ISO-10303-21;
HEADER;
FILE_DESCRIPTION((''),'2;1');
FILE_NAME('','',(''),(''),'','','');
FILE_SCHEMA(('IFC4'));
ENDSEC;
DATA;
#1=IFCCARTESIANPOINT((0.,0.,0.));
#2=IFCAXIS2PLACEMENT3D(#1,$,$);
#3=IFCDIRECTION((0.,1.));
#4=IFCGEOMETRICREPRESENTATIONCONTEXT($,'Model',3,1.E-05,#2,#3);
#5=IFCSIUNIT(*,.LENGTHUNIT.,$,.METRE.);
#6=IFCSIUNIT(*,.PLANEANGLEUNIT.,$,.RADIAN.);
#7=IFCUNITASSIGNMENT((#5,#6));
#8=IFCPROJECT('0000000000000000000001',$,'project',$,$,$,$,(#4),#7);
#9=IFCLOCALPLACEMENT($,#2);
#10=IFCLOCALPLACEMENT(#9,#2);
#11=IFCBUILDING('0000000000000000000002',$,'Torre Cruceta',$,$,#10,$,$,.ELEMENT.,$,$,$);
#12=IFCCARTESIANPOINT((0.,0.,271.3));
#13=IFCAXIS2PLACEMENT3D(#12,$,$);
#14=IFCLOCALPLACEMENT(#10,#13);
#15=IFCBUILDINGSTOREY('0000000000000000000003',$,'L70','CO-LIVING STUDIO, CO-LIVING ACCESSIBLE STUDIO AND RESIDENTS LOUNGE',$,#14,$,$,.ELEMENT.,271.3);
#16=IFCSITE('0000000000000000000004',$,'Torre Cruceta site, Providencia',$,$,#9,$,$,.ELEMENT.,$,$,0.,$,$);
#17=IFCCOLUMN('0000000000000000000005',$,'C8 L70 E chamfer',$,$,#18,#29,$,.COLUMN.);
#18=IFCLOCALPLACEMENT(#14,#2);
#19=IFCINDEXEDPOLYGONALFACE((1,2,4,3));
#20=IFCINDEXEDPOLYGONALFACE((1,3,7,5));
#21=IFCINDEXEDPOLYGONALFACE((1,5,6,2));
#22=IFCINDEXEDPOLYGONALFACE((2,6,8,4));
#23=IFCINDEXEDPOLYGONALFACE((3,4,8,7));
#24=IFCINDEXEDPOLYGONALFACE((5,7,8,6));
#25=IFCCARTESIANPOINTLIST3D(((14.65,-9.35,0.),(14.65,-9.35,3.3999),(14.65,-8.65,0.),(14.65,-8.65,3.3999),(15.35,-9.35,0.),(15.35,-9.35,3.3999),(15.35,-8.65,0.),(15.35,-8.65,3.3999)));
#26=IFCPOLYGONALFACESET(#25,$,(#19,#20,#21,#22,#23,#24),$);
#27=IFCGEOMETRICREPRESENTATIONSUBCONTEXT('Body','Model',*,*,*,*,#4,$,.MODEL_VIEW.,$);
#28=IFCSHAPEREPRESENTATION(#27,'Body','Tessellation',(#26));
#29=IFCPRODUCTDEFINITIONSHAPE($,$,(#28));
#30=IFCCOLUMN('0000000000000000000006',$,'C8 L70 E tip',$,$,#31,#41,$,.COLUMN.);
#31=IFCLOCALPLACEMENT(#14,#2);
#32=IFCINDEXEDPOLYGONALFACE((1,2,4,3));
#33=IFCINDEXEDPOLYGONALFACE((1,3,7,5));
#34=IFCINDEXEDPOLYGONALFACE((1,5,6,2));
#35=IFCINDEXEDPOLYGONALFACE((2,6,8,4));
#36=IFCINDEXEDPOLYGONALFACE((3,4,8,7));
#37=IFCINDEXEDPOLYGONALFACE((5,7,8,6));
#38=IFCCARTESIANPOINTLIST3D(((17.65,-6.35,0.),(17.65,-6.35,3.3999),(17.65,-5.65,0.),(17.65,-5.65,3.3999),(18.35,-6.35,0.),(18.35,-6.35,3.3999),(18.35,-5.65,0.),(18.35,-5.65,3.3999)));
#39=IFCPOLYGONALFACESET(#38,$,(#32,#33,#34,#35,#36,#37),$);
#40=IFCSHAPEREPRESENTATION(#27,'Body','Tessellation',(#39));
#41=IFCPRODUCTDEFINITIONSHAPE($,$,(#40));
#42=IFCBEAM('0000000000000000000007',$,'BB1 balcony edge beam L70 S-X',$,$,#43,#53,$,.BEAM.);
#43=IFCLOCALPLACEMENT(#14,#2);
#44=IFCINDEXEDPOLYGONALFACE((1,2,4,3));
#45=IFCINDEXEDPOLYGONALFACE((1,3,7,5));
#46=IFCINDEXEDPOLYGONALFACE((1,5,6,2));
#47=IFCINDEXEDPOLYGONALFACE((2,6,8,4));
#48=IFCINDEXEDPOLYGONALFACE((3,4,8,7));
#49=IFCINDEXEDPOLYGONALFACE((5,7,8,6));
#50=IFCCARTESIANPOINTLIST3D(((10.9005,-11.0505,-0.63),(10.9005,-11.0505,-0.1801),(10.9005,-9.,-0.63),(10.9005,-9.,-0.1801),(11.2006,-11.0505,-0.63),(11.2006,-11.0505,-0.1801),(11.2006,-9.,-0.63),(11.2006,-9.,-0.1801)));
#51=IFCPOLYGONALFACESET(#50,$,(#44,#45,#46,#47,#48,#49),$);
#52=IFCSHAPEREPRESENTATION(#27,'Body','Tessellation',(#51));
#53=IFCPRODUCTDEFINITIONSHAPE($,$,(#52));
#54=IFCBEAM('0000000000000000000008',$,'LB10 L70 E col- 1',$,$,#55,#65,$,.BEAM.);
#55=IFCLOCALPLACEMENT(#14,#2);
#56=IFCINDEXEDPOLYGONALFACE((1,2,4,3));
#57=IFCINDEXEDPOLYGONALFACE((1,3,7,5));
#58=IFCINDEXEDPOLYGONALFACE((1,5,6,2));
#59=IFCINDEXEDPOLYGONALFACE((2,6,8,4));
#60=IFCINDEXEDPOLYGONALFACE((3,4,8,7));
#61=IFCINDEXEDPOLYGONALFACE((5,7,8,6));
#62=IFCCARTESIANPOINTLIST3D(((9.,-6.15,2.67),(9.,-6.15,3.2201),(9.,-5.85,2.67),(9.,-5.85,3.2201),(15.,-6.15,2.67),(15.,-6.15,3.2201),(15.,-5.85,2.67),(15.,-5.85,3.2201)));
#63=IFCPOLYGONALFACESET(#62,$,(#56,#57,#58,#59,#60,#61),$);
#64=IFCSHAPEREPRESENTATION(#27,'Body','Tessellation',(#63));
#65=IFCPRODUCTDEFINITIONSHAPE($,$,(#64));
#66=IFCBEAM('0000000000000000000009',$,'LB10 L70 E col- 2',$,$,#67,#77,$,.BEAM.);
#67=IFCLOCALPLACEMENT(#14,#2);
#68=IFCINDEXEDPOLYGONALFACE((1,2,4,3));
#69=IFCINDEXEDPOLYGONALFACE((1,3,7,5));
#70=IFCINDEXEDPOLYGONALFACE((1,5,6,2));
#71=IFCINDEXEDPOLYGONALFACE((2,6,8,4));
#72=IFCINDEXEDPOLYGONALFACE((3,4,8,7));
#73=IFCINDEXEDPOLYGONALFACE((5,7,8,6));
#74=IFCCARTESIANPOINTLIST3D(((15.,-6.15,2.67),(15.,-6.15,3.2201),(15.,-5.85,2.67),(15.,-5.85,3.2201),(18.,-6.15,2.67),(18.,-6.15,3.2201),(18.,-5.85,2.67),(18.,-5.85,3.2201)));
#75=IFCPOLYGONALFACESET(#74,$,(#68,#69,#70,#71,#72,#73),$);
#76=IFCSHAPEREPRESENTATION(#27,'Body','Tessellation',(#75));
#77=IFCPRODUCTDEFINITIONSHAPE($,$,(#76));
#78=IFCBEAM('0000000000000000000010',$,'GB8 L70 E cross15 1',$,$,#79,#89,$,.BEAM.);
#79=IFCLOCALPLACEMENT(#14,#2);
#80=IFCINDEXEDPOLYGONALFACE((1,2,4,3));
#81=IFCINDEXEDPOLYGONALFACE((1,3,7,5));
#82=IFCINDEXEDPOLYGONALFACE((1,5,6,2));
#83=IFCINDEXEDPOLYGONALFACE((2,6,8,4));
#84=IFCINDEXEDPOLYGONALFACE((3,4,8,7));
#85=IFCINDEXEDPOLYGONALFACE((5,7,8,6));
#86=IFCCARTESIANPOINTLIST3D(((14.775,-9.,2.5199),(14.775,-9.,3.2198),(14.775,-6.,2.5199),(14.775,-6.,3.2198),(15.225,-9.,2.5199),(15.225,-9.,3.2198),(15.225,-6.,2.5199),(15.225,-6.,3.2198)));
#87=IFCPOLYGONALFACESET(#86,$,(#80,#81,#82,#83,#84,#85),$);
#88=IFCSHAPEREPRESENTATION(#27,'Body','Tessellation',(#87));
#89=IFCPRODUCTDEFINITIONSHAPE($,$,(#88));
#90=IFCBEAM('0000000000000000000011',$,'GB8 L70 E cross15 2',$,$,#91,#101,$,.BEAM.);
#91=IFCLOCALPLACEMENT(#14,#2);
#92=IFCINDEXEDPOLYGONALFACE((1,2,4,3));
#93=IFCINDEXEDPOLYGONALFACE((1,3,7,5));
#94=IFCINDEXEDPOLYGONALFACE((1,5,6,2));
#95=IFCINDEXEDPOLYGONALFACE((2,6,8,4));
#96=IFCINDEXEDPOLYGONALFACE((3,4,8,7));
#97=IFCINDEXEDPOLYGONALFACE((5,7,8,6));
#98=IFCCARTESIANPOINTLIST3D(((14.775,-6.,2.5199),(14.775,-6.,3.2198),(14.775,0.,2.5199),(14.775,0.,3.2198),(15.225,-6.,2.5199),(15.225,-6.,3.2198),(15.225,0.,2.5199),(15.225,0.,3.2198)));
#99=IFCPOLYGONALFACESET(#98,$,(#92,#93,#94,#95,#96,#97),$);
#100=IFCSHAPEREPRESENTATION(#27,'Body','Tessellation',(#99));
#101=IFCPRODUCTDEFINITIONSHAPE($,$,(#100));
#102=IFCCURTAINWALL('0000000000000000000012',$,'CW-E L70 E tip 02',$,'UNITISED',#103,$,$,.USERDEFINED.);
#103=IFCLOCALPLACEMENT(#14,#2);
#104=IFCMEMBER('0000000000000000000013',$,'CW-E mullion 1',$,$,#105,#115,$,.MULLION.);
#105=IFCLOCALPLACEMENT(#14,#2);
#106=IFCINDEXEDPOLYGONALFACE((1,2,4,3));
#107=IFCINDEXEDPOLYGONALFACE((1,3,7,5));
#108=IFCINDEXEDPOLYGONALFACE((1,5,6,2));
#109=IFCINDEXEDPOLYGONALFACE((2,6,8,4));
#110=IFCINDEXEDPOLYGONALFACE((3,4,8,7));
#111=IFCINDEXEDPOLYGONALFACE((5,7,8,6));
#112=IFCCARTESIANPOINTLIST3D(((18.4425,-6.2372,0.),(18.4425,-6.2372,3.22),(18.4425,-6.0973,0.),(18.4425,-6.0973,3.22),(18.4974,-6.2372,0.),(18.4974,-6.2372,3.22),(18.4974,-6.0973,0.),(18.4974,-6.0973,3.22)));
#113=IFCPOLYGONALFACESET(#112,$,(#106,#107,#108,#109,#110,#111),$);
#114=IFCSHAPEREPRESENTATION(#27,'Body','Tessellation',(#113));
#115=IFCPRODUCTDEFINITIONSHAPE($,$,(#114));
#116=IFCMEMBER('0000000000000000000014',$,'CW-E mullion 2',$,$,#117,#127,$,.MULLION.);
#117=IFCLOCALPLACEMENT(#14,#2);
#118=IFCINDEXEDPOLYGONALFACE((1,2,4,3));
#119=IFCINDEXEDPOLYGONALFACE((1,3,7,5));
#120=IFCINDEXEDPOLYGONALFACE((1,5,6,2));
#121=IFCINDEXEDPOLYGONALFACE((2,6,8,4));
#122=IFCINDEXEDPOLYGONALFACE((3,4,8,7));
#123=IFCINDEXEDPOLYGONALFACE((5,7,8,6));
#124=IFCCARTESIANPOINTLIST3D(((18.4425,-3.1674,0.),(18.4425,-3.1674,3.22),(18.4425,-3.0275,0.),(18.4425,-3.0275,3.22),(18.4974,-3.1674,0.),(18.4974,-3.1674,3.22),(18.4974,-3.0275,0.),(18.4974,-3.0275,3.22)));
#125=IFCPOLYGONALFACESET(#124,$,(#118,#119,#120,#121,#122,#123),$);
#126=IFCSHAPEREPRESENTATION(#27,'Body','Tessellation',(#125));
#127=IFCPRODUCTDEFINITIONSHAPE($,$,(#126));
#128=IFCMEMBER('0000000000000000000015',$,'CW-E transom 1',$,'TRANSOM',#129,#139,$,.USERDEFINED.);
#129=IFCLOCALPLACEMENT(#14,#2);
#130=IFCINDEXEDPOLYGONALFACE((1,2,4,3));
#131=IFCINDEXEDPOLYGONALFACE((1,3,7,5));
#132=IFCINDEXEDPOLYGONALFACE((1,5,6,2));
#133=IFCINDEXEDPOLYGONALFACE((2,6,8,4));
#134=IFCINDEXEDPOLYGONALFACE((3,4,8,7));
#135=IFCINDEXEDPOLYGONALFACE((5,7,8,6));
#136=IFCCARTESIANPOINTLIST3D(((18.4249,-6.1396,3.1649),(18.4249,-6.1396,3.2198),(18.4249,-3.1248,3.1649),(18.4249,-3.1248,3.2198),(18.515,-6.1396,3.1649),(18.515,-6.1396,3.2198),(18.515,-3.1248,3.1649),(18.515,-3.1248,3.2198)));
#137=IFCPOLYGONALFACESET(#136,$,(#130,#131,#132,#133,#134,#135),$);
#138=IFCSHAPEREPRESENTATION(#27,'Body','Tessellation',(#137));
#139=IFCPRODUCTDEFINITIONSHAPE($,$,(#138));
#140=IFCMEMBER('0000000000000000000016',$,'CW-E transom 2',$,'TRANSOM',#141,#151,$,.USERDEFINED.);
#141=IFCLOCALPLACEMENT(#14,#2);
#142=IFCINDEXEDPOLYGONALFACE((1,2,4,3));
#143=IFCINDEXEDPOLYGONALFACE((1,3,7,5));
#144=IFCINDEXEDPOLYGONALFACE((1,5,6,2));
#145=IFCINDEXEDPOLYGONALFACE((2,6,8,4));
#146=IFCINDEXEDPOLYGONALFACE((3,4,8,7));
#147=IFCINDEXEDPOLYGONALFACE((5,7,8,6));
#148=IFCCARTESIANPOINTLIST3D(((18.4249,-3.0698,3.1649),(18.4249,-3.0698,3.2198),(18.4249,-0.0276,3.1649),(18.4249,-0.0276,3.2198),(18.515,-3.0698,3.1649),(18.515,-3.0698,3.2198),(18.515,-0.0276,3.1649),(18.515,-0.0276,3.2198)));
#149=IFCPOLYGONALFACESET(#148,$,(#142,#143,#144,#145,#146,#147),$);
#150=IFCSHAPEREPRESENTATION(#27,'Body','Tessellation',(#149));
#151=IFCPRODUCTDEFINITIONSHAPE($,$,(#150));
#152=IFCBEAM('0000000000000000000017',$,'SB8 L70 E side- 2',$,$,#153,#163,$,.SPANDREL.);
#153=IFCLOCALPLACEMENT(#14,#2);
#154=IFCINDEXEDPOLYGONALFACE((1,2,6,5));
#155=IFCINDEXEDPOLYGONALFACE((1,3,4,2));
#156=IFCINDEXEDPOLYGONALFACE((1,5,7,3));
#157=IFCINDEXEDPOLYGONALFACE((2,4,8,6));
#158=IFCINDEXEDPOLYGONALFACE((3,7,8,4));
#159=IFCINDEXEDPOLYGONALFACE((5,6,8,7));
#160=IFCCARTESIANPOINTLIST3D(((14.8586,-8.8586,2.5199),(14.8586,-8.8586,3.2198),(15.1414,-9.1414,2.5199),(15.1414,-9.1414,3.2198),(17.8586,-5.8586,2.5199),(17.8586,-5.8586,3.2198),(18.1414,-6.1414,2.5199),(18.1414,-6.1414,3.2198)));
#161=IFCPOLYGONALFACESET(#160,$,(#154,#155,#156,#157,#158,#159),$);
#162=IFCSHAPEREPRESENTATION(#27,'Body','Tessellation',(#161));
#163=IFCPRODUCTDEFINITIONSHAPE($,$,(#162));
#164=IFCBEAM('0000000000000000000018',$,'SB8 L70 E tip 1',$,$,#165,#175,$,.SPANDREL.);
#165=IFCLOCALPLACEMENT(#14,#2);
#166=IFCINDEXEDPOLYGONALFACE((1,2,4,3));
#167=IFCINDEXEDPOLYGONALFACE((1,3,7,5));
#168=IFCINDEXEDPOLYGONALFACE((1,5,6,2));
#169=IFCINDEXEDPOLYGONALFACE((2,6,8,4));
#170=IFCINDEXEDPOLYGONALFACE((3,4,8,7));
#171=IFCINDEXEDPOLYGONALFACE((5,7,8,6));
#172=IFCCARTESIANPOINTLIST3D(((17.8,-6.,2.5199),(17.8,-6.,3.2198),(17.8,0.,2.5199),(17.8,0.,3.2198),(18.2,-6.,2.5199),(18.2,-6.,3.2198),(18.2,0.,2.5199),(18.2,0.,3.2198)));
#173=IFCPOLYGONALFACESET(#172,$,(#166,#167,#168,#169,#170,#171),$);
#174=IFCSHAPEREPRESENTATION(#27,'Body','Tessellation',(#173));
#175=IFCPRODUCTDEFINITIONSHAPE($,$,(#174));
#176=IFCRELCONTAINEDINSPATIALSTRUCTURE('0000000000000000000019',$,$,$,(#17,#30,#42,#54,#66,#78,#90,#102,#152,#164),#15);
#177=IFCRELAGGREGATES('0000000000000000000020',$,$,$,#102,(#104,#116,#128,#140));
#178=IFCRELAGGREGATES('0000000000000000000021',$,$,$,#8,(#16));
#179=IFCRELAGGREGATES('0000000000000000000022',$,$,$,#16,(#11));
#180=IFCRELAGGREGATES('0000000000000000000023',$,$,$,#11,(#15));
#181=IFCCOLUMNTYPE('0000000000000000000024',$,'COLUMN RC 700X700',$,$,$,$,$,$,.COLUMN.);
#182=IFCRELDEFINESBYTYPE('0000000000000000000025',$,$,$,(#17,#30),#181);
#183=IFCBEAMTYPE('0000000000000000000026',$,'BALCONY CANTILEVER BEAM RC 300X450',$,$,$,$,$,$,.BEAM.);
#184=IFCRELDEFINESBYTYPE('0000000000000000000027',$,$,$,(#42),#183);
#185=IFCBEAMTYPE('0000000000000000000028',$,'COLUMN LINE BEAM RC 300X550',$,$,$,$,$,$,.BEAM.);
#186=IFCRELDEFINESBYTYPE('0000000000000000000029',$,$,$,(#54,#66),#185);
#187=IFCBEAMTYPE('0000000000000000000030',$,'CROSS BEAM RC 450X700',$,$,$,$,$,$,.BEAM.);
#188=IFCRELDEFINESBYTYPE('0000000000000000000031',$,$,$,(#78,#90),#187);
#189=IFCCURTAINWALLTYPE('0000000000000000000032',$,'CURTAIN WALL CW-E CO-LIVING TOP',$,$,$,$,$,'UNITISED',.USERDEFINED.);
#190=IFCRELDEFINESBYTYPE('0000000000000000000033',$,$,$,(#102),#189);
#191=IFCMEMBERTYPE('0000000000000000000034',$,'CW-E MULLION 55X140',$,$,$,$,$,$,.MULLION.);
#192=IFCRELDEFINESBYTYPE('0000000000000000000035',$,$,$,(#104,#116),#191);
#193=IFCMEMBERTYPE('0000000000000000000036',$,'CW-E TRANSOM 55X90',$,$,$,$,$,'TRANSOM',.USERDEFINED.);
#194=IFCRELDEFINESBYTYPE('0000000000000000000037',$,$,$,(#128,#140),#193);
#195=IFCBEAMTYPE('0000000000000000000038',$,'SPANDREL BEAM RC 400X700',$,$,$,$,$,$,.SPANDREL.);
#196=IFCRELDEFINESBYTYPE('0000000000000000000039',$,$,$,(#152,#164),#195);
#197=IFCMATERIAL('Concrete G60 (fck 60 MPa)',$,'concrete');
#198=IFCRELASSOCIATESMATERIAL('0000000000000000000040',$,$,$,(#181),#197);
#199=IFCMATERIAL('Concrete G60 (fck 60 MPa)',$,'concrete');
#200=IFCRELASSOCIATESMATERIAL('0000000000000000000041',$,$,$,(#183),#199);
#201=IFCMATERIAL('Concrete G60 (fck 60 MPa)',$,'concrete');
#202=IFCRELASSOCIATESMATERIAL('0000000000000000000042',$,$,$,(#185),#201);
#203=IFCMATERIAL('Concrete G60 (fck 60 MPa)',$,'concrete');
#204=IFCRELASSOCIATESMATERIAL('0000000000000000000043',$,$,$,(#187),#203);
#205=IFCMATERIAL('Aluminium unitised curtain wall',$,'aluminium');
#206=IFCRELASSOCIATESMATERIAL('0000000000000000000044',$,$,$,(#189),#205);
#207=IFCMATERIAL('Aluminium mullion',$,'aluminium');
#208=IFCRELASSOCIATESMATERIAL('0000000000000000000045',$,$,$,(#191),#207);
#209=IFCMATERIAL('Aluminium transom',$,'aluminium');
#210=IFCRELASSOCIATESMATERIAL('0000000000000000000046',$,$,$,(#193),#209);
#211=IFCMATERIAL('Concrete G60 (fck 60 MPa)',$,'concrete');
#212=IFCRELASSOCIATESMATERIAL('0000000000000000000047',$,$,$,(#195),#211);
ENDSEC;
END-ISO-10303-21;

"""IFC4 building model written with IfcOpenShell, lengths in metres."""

from ifc_helpers import new_model, si_unit, direction, frame, origin, origin_2d, place, context, subcontext, project, spatial, rectangle, extrude, material, material_profile, profile_set, type_object, element, aggregate, save


model = new_model("IFC4")

# Units and contexts
model_context = context("Model", 3, precision=1e-05, world=origin(), true_north=direction((0.0, 1.0)))
body_context = subcontext(model_context, "Body", "Model", "MODEL_VIEW")
ifc_project = project(units=[si_unit("LENGTHUNIT", "METRE"), si_unit("PLANEANGLEUNIT", "RADIAN")], contexts=[model_context])

# Site, building, storey
site_placement = place(None, origin())
site = spatial("IfcSite", under=ifc_project, at=site_placement, Name="Torre Cruceta site, Providencia", CompositionType="ELEMENT", RefElevation=0.0)
building_placement = place(site_placement, origin())
building = spatial("IfcBuilding", under=site, at=building_placement, Name="Torre Cruceta", CompositionType="ELEMENT")
storey_placement = place(building_placement, frame((0.0, 0.0, 271.3)))
storey = spatial("IfcBuildingStorey", under=building, at=storey_placement, Name="L70", Description="CO-LIVING STUDIO, CO-LIVING ACCESSIBLE STUDIO AND RESIDENTS LOUNGE", CompositionType="ELEMENT", Elevation=271.3)

# Columns
ifc_material_1 = material(Name="Concrete G60 (fck 60 MPa)", Category="concrete")
ifc_material_profile_1 = material_profile(ifc_material_1, rectangle(XDim=0.7, YDim=0.7, at=origin_2d()), Name="RC 700X700")
ifc_profile_set_1 = profile_set([ifc_material_profile_1], Name="Concrete G60 (fck 60 MPa)")
column_type = type_object("IfcColumnType", Name="COLUMN RC 700X700", PredefinedType="COLUMN", material=ifc_profile_set_1)
for number, where, z_axis, x_axis, name in (
    (1, (15.0, -9.0, 0.0), (0.0, 0.0, 1.0), (1.0, 0.0, 0.0), "C8 L70 E chamfer"),
    (2, (18.0, -6.0, 0.0), (0.0, 0.0, 1.0), (1.0, 0.0, 0.0), "C8 L70 E tip"),
):
    element("IfcColumn", number, at=place(storey_placement, frame(where, z_axis=z_axis, x_axis=x_axis)), inside=storey, type_object=column_type, Name=name, PredefinedType="COLUMN", context=body_context, shape_type="SweptSolid", body=[
        extrude(rectangle(XDim=0.7, YDim=0.7, at=origin_2d()), origin(), (0.0, 0.0, 1.0), 3.3999),
    ])

# Beams
ifc_material_2 = material(Name="Concrete G60 (fck 60 MPa)", Category="concrete")
ifc_material_profile_2 = material_profile(ifc_material_2, rectangle(XDim=0.3, YDim=0.45, at=origin_2d()), Name="RC 300X450")
ifc_profile_set_2 = profile_set([ifc_material_profile_2], Name="Concrete G60 (fck 60 MPa)")
beam_type_1 = type_object("IfcBeamType", Name="BALCONY CANTILEVER BEAM RC 300X450", PredefinedType="BEAM", material=ifc_profile_set_2)
beam_1_placement = place(storey_placement, frame((11.0505, -9.0, -0.405), z_axis=(0.0, -1.0, 0.0), x_axis=(1.0, 0.0, 0.0)))
element("IfcBeam", 3, at=beam_1_placement, inside=storey, type_object=beam_type_1, Name="BB1 balcony edge beam L70 S-X", PredefinedType="BEAM", context=body_context, shape_type="SweptSolid", body=[
    extrude(rectangle(XDim=0.3, YDim=0.45, at=origin_2d()), origin(), (0.0, 0.0, 1.0), 2.0505),
])
ifc_material_3 = material(Name="Concrete G60 (fck 60 MPa)", Category="concrete")
ifc_material_profile_3 = material_profile(ifc_material_3, rectangle(XDim=0.3, YDim=0.55, at=origin_2d()), Name="RC 300X550")
ifc_profile_set_3 = profile_set([ifc_material_profile_3], Name="Concrete G60 (fck 60 MPa)")
beam_type_2 = type_object("IfcBeamType", Name="COLUMN LINE BEAM RC 300X550", PredefinedType="BEAM", material=ifc_profile_set_3)
beam_2_placement = place(storey_placement, frame((9.0, -6.0, 2.9451), z_axis=(1.0, 0.0, 0.0), x_axis=(0.0, 1.0, 0.0)))
element("IfcBeam", 4, at=beam_2_placement, inside=storey, type_object=beam_type_2, Name="LB10 L70 E col- 1", PredefinedType="BEAM", context=body_context, shape_type="SweptSolid", body=[
    extrude(rectangle(XDim=0.3, YDim=0.55, at=origin_2d()), origin(), (0.0, 0.0, 1.0), 6.0),
])
beam_3_placement = place(storey_placement, frame((15.0, -6.0, 2.9451), z_axis=(1.0, 0.0, 0.0), x_axis=(0.0, 1.0, 0.0)))
element("IfcBeam", 5, at=beam_3_placement, inside=storey, type_object=beam_type_2, Name="LB10 L70 E col- 2", PredefinedType="BEAM", context=body_context, shape_type="SweptSolid", body=[
    extrude(rectangle(XDim=0.3, YDim=0.55, at=origin_2d()), origin(), (0.0, 0.0, 1.0), 3.0),
])
ifc_material_4 = material(Name="Concrete G60 (fck 60 MPa)", Category="concrete")
ifc_material_profile_4 = material_profile(ifc_material_4, rectangle(XDim=0.45, YDim=0.7, at=origin_2d()), Name="RC 450X700")
ifc_profile_set_4 = profile_set([ifc_material_profile_4], Name="Concrete G60 (fck 60 MPa)")
beam_type_3 = type_object("IfcBeamType", Name="CROSS BEAM RC 450X700", PredefinedType="BEAM", material=ifc_profile_set_4)
beam_4_placement = place(storey_placement, frame((15.0, -9.0, 2.8699), z_axis=(0.0, 1.0, 0.0), x_axis=(-1.0, 0.0, 0.0)))
element("IfcBeam", 6, at=beam_4_placement, inside=storey, type_object=beam_type_3, Name="GB8 L70 E cross15 1", PredefinedType="BEAM", context=body_context, shape_type="SweptSolid", body=[
    extrude(rectangle(XDim=0.45, YDim=0.7, at=origin_2d()), origin(), (0.0, 0.0, 1.0), 3.0),
])
beam_5_placement = place(storey_placement, frame((15.0, -6.0, 2.8699), z_axis=(0.0, 1.0, 0.0), x_axis=(-1.0, 0.0, 0.0)))
element("IfcBeam", 7, at=beam_5_placement, inside=storey, type_object=beam_type_3, Name="GB8 L70 E cross15 2", PredefinedType="BEAM", context=body_context, shape_type="SweptSolid", body=[
    extrude(rectangle(XDim=0.45, YDim=0.7, at=origin_2d()), origin(), (0.0, 0.0, 1.0), 6.0),
])

# Curtain wall, members
ifc_material_5 = material(Name="Aluminium unitised curtain wall", Category="aluminium")
curtain_wall_type = type_object("IfcCurtainWallType", Name="CURTAIN WALL CW-E CO-LIVING TOP", ElementType="UNITISED", PredefinedType="USERDEFINED", material=ifc_material_5)
curtain_wall_placement = place(storey_placement, origin())
curtain_wall = element("IfcCurtainWall", 8, at=curtain_wall_placement, inside=storey, type_object=curtain_wall_type, Name="CW-E L70 E tip 02", ObjectType="UNITISED", PredefinedType="USERDEFINED")
ifc_material_6 = material(Name="Aluminium mullion", Category="aluminium")
ifc_material_profile_5 = material_profile(ifc_material_6, rectangle(XDim=0.0549, YDim=0.1399, at=origin_2d()), Name="AL 55X140")
ifc_profile_set_5 = profile_set([ifc_material_profile_5], Name="Aluminium mullion")
member_type_1 = type_object("IfcMemberType", Name="CW-E MULLION 55X140", PredefinedType="MULLION", material=ifc_profile_set_5)
member_1_placement = place(storey_placement, frame((18.47, -6.1672, 0.0), z_axis=(0.0, 0.0, 1.0), x_axis=(-1.0, 0.0, 0.0)))
member_1 = element("IfcMember", 9, at=member_1_placement, type_object=member_type_1, Name="CW-E mullion 1", PredefinedType="MULLION", context=body_context, shape_type="SweptSolid", body=[
    extrude(rectangle(XDim=0.0549, YDim=0.1399, at=origin_2d()), origin(), (0.0, 0.0, 1.0), 3.22),
])
member_2_placement = place(storey_placement, frame((18.47, -3.0974, 0.0), z_axis=(0.0, 0.0, 1.0), x_axis=(-1.0, 0.0, 0.0)))
member_2 = element("IfcMember", 10, at=member_2_placement, type_object=member_type_1, Name="CW-E mullion 2", PredefinedType="MULLION", context=body_context, shape_type="SweptSolid", body=[
    extrude(rectangle(XDim=0.0549, YDim=0.1399, at=origin_2d()), origin(), (0.0, 0.0, 1.0), 3.22),
])
ifc_material_7 = material(Name="Aluminium transom", Category="aluminium")
ifc_material_profile_6 = material_profile(ifc_material_7, rectangle(XDim=0.0901, YDim=0.0549, at=origin_2d()), Name="AL 90X55")
ifc_profile_set_6 = profile_set([ifc_material_profile_6], Name="Aluminium transom")
member_type_2 = type_object("IfcMemberType", Name="CW-E TRANSOM 55X90", ElementType="TRANSOM", PredefinedType="USERDEFINED", material=ifc_profile_set_6)
member_3_placement = place(storey_placement, frame((18.47, -6.1396, 3.1924), z_axis=(0.0, 1.0, 0.0), x_axis=(-1.0, 0.0, 0.0)))
member_3 = element("IfcMember", 11, at=member_3_placement, type_object=member_type_2, Name="CW-E transom 1", ObjectType="TRANSOM", PredefinedType="USERDEFINED", context=body_context, shape_type="SweptSolid", body=[
    extrude(rectangle(XDim=0.0901, YDim=0.0549, at=origin_2d()), origin(), (0.0, 0.0, 1.0), 3.0149),
])
member_4_placement = place(storey_placement, frame((18.47, -3.0698, 3.1924), z_axis=(0.0, 1.0, 0.0), x_axis=(-1.0, 0.0, 0.0)))
member_4 = element("IfcMember", 12, at=member_4_placement, type_object=member_type_2, Name="CW-E transom 2", ObjectType="TRANSOM", PredefinedType="USERDEFINED", context=body_context, shape_type="SweptSolid", body=[
    extrude(rectangle(XDim=0.0901, YDim=0.0549, at=origin_2d()), origin(), (0.0, 0.0, 1.0), 3.0422),
])

# Beams
ifc_material_8 = material(Name="Concrete G60 (fck 60 MPa)", Category="concrete")
ifc_material_profile_7 = material_profile(ifc_material_8, rectangle(XDim=0.3999, YDim=0.7, at=origin_2d()), Name="RC 400X700")
ifc_profile_set_7 = profile_set([ifc_material_profile_7], Name="Concrete G60 (fck 60 MPa)")
beam_type_4 = type_object("IfcBeamType", Name="SPANDREL BEAM RC 400X700", PredefinedType="SPANDREL", material=ifc_profile_set_7)
beam_6_placement = place(storey_placement, frame((15.0, -9.0, 2.8699), z_axis=(0.707107, 0.707107, 0.0), x_axis=(-0.707107, 0.707107, 0.0)))
element("IfcBeam", 13, at=beam_6_placement, inside=storey, type_object=beam_type_4, Name="SB8 L70 E side- 2", PredefinedType="SPANDREL", context=body_context, shape_type="SweptSolid", body=[
    extrude(rectangle(XDim=0.3999, YDim=0.7, at=origin_2d()), origin(), (0.0, 0.0, 1.0), 4.2427),
])
beam_7_placement = place(storey_placement, frame((18.0, -6.0, 2.8699), z_axis=(0.0, 1.0, 0.0), x_axis=(-1.0, 0.0, 0.0)))
element("IfcBeam", 14, at=beam_7_placement, inside=storey, type_object=beam_type_4, Name="SB8 L70 E tip 1", PredefinedType="SPANDREL", context=body_context, shape_type="SweptSolid", body=[
    extrude(rectangle(XDim=0.3999, YDim=0.7, at=origin_2d()), origin(), (0.0, 0.0, 1.0), 6.0),
])

aggregate(curtain_wall, [member_1, member_2, member_3, member_4])

save(model, "model.ifc")
